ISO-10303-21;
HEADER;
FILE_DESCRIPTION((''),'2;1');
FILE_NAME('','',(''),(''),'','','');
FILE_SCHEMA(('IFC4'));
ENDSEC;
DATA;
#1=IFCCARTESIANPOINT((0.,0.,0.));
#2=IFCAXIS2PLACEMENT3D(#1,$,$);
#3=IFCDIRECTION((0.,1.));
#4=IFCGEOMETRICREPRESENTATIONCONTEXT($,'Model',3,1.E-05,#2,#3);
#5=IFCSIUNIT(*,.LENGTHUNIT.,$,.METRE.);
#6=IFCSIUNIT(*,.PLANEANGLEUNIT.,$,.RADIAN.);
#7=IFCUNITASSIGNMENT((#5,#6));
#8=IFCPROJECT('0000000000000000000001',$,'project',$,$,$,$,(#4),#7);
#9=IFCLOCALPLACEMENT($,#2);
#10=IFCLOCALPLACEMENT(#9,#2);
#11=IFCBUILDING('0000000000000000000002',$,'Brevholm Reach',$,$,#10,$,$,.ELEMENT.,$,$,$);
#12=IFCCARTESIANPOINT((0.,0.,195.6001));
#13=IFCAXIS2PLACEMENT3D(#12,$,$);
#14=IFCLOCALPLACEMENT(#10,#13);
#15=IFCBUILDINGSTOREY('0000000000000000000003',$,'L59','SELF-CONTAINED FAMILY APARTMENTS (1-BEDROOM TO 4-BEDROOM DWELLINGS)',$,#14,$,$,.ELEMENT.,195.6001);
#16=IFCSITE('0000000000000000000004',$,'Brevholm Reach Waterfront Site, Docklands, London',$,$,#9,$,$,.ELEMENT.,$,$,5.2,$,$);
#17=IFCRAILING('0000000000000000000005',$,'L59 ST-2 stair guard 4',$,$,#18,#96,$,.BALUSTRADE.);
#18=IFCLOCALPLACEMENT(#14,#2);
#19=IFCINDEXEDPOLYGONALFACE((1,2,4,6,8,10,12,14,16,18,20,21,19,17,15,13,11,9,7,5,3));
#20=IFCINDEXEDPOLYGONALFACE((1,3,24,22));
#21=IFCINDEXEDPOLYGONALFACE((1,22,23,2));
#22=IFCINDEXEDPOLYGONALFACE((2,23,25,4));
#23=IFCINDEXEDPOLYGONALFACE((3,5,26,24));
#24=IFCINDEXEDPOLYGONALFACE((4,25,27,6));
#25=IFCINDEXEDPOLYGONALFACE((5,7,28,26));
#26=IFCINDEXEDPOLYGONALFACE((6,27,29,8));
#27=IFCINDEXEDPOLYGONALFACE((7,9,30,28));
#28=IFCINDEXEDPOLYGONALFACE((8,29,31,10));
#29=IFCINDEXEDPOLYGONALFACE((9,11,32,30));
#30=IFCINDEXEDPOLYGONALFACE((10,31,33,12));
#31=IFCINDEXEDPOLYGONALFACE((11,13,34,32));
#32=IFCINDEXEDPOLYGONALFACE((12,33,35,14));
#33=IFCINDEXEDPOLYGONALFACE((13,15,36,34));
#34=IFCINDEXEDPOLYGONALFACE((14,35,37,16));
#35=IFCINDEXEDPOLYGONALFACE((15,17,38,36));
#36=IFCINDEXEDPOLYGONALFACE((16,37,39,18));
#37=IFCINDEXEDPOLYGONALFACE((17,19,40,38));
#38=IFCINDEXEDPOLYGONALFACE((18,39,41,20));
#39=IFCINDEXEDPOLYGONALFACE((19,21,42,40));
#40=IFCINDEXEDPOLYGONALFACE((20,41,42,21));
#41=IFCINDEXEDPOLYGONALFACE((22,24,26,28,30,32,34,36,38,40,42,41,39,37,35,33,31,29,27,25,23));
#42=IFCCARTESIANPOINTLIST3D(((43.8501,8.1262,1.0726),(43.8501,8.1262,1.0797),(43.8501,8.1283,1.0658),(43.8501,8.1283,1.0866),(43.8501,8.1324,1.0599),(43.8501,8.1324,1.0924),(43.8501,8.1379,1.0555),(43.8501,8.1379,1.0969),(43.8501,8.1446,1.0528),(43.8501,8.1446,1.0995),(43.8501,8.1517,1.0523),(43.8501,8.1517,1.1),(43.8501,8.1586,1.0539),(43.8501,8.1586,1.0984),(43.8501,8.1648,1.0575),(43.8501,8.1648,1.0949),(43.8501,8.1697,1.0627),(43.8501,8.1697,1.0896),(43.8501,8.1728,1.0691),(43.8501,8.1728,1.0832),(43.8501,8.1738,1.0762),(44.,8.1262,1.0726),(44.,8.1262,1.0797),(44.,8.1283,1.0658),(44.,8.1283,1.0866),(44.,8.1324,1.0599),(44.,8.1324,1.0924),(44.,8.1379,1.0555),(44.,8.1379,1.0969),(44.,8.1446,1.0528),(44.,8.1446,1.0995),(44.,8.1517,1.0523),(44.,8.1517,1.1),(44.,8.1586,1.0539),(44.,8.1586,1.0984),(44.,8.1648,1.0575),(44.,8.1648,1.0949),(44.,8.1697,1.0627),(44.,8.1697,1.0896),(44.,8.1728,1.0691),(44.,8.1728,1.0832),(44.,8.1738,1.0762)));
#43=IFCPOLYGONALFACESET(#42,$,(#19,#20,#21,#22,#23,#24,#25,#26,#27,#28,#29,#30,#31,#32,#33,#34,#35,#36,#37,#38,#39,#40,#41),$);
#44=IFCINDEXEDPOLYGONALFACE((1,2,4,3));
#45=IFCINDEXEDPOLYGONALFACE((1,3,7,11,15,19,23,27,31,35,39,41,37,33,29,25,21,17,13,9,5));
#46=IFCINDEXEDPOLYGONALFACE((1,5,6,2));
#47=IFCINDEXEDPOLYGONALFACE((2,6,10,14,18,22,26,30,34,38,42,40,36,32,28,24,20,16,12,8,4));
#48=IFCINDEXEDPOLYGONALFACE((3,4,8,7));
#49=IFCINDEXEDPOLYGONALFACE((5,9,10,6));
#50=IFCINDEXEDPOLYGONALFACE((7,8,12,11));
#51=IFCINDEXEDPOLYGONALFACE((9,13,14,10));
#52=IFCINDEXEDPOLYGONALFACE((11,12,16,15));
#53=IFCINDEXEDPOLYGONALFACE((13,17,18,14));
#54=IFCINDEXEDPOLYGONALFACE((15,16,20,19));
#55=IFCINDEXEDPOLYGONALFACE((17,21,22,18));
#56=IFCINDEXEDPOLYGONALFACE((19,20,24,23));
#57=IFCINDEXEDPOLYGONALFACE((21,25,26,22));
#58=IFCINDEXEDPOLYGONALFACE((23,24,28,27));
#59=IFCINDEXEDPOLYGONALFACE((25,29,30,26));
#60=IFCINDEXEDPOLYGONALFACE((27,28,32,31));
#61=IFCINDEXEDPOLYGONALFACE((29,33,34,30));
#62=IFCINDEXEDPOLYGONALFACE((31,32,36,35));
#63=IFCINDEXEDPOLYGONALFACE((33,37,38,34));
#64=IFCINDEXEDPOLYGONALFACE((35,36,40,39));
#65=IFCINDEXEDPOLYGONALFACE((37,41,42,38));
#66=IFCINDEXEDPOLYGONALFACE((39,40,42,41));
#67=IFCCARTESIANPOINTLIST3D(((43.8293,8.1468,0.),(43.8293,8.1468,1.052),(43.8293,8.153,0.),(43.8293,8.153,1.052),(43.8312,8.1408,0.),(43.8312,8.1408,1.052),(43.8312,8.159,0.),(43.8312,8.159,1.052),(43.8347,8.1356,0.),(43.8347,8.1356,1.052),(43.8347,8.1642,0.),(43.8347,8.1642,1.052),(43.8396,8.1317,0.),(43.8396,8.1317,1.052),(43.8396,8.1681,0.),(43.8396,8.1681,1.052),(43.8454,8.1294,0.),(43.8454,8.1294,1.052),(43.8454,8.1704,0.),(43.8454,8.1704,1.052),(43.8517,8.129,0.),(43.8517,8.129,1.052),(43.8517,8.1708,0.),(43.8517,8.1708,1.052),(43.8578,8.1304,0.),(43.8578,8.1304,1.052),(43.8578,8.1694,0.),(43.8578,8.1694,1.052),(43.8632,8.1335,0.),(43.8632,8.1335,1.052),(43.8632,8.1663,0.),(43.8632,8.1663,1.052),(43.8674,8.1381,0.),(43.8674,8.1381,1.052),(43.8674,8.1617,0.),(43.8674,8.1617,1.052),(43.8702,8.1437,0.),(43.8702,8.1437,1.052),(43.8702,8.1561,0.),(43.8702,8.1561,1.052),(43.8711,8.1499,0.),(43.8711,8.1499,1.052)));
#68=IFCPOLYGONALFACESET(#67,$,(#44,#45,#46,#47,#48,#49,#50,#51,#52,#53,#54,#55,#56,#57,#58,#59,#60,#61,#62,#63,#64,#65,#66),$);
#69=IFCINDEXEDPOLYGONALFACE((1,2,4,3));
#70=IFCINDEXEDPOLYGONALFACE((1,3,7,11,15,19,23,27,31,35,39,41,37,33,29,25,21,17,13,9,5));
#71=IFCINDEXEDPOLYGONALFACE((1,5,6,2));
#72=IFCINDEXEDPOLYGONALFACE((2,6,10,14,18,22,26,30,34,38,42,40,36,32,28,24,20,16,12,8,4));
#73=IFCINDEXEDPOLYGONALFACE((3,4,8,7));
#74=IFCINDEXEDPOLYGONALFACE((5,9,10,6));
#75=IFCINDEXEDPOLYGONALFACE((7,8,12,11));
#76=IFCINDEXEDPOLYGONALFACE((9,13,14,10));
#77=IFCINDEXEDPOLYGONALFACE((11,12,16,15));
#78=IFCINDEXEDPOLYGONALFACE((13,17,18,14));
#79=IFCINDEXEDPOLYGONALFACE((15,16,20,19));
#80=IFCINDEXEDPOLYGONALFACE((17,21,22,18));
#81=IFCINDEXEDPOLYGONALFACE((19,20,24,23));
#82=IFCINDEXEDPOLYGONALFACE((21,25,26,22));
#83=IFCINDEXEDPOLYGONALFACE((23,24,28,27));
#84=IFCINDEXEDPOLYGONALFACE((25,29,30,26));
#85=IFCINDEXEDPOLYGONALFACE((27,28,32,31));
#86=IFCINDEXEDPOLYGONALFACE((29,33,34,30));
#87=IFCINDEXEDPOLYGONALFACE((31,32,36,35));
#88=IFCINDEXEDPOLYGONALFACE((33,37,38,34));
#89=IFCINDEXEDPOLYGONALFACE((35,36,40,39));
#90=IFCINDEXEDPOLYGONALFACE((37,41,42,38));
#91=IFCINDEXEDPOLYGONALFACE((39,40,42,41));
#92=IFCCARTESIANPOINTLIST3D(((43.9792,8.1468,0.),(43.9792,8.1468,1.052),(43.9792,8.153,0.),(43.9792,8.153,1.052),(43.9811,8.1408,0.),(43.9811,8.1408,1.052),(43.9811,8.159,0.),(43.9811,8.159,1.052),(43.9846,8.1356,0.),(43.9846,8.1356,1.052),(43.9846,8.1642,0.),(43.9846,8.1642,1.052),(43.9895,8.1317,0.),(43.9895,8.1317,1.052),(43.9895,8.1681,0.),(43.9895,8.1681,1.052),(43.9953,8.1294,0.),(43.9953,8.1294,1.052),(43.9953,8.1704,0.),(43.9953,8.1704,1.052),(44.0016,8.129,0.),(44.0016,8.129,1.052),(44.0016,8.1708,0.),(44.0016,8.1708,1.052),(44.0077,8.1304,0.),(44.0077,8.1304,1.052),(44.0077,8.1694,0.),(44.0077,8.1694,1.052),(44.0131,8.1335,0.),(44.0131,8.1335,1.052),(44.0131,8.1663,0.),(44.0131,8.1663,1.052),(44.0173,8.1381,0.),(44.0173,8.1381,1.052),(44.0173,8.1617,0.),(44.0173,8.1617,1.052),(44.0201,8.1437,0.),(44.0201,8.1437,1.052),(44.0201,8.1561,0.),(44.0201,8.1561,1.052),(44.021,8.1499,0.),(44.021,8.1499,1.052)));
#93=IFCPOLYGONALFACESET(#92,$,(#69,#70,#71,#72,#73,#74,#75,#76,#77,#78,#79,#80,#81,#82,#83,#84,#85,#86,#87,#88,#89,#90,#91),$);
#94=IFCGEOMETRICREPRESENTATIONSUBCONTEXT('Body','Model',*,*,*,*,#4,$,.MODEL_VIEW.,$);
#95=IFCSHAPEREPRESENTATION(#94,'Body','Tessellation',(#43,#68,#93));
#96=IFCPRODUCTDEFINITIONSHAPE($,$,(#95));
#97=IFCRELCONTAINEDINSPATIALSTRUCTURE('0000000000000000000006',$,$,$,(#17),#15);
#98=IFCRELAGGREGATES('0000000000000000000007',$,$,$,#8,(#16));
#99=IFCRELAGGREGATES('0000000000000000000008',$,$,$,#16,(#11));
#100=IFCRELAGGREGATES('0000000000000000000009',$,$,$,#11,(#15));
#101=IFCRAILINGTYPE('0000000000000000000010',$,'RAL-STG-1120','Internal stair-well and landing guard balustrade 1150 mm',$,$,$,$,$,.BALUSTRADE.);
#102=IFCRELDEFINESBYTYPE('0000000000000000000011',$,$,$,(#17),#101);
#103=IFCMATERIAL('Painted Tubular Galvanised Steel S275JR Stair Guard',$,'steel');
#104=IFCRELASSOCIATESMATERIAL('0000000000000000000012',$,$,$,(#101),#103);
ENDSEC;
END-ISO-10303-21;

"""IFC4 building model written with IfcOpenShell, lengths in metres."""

from ifc_helpers import new_model, si_unit, direction, frame, origin, origin_2d, place, context, subcontext, project, spatial, circle, extrude, material, type_object, element, save


model = new_model("IFC4")

# Units and contexts
model_context = context("Model", 3, precision=1e-05, world=origin(), true_north=direction((0.0, 1.0)))
body_context = subcontext(model_context, "Body", "Model", "MODEL_VIEW")
ifc_project = project(units=[si_unit("LENGTHUNIT", "METRE"), si_unit("PLANEANGLEUNIT", "RADIAN")], contexts=[model_context])

# Site, building, storey
site_placement = place(None, origin())
site = spatial("IfcSite", under=ifc_project, at=site_placement, Name="Brevholm Reach Waterfront Site, Docklands, London", CompositionType="ELEMENT", RefElevation=5.2)
building_placement = place(site_placement, origin())
building = spatial("IfcBuilding", under=site, at=building_placement, Name="Brevholm Reach", CompositionType="ELEMENT")
storey_placement = place(building_placement, frame((0.0, 0.0, 195.6001)))
storey = spatial("IfcBuildingStorey", under=building, at=storey_placement, Name="L59", Description="SELF-CONTAINED FAMILY APARTMENTS (1-BEDROOM TO 4-BEDROOM DWELLINGS)", CompositionType="ELEMENT", Elevation=195.6001)

# Railing
ifc_material_1 = material(Name="Painted Tubular Galvanised Steel S275JR Stair Guard", Category="steel")
railing_type_1 = type_object("IfcRailingType", Name="RAL-STG-1120", Description="Internal stair-well and landing guard balustrade 1150 mm", PredefinedType="BALUSTRADE", material=ifc_material_1)
railing_1_placement = place(storey_placement, frame((43.8501, 8.1499, 0.0)))
element("IfcRailing", 1, at=railing_1_placement, inside=storey, type_object=railing_type_1, Name="L59 ST-2 stair guard 4", PredefinedType="BALUSTRADE", context=body_context, shape_type="SweptSolid", body=[
    extrude(circle(Radius=0.0239, at=origin_2d()), frame((0.0, 0.0, 1.0762), z_axis=(1.0, 0.0, 0.0), x_axis=(0.0, 1.0, 0.0)), (0.0, 0.0, 1.0), 0.1499),
    extrude(circle(Radius=0.021, at=origin_2d()), origin(), (0.0, 0.0, 1.0), 1.052),
    extrude(circle(Radius=0.021, at=origin_2d()), frame((0.1499, 0.0, 0.0)), (0.0, 0.0, 1.0), 1.052),
])

save(model, "model.ifc")
